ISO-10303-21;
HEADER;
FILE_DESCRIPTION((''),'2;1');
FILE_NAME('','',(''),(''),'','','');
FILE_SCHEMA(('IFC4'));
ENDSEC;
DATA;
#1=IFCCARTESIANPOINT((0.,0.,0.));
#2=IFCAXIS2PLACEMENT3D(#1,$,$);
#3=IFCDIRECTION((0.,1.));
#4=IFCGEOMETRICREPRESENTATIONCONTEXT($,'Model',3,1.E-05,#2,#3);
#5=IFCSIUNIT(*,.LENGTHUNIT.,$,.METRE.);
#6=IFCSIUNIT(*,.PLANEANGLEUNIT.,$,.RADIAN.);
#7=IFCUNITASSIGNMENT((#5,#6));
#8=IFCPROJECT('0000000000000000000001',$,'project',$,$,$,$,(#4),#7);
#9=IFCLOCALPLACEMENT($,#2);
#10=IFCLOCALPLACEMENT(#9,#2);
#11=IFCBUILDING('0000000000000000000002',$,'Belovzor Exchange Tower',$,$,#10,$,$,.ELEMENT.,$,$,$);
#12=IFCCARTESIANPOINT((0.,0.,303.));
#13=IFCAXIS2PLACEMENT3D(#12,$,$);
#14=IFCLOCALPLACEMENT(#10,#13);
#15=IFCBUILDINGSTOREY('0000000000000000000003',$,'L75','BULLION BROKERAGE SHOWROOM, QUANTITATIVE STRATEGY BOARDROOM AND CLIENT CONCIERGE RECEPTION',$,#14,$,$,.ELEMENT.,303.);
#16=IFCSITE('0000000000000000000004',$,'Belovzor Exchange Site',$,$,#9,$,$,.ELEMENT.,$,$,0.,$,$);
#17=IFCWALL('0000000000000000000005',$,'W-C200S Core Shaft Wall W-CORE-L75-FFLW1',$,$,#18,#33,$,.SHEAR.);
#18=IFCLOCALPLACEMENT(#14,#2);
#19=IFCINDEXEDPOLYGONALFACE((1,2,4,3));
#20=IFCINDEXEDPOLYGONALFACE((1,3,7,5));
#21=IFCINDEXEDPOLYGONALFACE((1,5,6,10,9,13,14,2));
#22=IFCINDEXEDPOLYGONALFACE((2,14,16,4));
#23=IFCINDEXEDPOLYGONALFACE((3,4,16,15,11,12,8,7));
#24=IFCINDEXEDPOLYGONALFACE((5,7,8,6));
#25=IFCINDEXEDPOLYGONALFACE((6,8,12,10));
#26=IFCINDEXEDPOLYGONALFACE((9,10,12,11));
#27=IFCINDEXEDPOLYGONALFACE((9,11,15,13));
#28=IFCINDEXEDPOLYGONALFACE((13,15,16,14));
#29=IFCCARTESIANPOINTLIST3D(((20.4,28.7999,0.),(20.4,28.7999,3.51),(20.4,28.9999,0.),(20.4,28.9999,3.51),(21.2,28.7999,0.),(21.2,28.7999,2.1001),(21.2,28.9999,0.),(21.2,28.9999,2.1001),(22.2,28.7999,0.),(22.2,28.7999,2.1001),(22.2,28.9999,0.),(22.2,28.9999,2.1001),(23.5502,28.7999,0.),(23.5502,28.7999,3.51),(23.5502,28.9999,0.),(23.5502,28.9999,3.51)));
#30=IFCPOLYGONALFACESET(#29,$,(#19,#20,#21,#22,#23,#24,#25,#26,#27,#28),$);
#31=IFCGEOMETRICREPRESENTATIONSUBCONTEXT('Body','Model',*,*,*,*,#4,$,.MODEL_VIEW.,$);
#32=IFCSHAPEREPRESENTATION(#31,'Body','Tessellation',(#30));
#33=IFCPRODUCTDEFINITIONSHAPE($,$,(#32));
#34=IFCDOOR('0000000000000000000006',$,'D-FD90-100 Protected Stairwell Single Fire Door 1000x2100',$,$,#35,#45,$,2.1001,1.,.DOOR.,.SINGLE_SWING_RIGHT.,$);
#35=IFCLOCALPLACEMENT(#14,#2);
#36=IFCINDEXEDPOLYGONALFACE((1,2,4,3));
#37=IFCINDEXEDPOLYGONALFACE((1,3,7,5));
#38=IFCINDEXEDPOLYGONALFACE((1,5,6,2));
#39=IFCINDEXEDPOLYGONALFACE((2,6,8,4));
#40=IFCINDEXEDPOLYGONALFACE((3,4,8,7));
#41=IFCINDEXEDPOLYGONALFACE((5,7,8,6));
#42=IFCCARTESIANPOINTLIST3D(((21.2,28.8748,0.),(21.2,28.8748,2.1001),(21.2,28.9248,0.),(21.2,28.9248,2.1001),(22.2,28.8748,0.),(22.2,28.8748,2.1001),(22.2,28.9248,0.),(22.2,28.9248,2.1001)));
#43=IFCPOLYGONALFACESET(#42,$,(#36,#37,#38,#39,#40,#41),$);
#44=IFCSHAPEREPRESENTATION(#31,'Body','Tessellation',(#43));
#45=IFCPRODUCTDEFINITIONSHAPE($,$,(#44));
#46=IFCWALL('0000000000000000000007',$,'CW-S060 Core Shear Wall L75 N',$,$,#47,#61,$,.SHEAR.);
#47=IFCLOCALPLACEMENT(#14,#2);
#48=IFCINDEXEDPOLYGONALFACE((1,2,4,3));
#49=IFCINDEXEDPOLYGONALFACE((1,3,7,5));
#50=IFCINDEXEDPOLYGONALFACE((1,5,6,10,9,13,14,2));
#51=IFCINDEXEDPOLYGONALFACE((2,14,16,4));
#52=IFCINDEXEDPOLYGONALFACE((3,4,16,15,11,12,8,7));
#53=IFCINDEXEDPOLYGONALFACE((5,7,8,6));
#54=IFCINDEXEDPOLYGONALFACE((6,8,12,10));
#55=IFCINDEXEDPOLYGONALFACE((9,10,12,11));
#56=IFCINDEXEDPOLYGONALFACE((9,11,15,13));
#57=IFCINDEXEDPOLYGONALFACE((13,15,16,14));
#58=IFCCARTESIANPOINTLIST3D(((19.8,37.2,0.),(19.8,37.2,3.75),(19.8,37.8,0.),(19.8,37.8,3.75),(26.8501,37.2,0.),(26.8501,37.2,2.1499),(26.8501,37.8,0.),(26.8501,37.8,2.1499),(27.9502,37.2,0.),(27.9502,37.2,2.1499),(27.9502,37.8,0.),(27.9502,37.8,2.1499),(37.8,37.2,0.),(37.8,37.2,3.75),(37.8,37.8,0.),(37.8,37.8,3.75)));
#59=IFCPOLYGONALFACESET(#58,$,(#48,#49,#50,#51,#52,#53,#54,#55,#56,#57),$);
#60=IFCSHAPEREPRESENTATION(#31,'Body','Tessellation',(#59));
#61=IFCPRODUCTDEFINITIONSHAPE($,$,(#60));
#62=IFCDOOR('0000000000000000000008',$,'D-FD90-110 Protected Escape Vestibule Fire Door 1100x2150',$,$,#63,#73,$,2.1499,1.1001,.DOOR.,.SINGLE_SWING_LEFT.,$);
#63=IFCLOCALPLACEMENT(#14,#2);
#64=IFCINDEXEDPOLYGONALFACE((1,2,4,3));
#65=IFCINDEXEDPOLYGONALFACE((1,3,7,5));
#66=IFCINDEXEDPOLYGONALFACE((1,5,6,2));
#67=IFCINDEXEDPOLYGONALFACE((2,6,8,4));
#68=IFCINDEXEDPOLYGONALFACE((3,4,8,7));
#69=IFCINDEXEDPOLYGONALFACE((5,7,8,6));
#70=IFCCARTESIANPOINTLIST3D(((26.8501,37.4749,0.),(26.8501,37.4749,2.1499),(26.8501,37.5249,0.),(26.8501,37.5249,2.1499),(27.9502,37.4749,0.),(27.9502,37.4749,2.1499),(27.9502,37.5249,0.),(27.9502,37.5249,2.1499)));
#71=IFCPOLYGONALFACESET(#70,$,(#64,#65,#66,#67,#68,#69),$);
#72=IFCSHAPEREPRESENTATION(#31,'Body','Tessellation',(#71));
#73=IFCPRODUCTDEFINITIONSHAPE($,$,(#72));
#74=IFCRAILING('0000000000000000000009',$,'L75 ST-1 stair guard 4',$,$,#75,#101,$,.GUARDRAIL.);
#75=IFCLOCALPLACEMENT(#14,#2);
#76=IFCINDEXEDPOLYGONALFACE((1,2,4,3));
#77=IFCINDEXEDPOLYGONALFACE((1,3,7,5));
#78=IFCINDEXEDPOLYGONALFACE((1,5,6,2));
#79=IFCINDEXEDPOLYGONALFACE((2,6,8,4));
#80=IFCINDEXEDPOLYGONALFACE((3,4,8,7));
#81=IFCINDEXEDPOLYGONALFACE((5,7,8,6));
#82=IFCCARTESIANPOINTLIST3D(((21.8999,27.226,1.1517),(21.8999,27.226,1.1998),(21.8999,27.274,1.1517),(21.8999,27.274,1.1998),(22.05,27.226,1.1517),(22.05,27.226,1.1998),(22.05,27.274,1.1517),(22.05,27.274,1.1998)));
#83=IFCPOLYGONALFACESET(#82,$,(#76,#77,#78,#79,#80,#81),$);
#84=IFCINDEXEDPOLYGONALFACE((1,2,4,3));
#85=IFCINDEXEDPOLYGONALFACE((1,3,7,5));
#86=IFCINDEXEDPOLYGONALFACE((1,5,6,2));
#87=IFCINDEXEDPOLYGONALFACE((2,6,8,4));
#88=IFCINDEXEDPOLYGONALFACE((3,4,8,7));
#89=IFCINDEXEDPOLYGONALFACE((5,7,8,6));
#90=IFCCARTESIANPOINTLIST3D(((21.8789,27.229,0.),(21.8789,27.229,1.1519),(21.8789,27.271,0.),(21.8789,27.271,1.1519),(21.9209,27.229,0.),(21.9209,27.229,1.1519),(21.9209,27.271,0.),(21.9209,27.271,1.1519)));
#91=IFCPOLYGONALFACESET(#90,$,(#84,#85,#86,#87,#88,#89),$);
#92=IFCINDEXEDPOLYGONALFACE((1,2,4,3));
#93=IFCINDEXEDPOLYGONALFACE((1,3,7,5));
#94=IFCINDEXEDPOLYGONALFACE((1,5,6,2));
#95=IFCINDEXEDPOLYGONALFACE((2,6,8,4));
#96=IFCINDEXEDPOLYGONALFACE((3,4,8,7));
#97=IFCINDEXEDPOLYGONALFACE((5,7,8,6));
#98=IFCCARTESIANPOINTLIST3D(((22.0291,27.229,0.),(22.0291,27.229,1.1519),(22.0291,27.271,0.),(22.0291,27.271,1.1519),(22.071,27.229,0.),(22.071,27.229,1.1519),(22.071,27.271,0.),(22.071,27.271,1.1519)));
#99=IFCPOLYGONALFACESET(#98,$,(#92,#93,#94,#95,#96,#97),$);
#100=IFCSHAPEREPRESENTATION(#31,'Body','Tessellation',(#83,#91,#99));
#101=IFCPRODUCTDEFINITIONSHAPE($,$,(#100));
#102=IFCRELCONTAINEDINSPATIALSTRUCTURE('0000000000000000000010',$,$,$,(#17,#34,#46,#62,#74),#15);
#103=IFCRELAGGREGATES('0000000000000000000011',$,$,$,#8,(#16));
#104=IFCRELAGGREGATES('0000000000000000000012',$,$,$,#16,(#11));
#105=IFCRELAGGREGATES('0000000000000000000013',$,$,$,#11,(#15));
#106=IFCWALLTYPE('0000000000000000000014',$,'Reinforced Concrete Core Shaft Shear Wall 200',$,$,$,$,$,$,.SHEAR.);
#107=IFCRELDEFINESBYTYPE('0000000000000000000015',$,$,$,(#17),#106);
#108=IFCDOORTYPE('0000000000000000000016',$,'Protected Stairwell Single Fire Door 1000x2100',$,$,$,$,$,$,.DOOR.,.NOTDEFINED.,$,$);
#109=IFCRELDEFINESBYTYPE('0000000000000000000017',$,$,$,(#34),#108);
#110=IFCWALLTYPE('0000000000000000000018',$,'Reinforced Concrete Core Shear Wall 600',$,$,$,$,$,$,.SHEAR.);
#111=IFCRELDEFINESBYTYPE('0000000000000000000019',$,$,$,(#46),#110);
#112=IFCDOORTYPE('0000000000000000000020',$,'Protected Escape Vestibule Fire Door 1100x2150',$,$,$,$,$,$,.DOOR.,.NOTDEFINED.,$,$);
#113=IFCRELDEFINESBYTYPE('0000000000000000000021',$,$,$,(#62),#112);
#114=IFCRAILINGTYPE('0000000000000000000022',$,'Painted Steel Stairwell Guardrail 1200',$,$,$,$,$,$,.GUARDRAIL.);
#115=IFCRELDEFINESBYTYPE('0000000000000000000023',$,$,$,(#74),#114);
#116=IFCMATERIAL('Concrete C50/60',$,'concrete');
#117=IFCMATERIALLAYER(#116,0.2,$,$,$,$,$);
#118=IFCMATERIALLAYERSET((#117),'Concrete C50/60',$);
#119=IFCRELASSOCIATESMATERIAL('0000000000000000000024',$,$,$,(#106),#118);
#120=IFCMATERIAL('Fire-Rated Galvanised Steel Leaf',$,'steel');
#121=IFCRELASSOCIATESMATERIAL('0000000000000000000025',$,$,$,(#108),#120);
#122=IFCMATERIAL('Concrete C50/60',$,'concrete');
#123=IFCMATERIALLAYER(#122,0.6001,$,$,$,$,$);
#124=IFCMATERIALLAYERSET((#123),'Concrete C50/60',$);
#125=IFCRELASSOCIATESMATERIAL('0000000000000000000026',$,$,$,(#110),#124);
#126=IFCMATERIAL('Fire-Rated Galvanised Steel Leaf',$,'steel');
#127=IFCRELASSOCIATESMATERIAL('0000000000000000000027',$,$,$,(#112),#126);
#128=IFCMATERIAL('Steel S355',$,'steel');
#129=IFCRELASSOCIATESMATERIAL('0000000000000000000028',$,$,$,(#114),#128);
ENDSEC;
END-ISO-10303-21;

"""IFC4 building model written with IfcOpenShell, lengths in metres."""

from ifc_helpers import new_model, si_unit, direction, frame, frame_2d, origin, origin_2d, place, context, subcontext, project, spatial, rectangle, extrude, material, layer, layer_set, type_object, element, fill, save


model = new_model("IFC4")

# Units and contexts
model_context = context("Model", 3, precision=1e-05, world=origin(), true_north=direction((0.0, 1.0)))
body_context = subcontext(model_context, "Body", "Model", "MODEL_VIEW")
ifc_project = project(units=[si_unit("LENGTHUNIT", "METRE"), si_unit("PLANEANGLEUNIT", "RADIAN")], contexts=[model_context])

# Site, building, storey
site_placement = place(None, origin())
site = spatial("IfcSite", under=ifc_project, at=site_placement, Name="Belovzor Exchange Site", CompositionType="ELEMENT", RefElevation=0.0)
building_placement = place(site_placement, origin())
building = spatial("IfcBuilding", under=site, at=building_placement, Name="Belovzor Exchange Tower", CompositionType="ELEMENT")
storey_placement = place(building_placement, frame((0.0, 0.0, 303.0)))
storey = spatial("IfcBuildingStorey", under=building, at=storey_placement, Name="L75", Description="BULLION BROKERAGE SHOWROOM, QUANTITATIVE STRATEGY BOARDROOM AND CLIENT CONCIERGE RECEPTION", CompositionType="ELEMENT", Elevation=303.0)

# Walls, openings, doors
ifc_material_1 = material(Name="Concrete C50/60", Category="concrete")
ifc_layer_1 = layer(ifc_material_1, 0.2)
ifc_layer_set_1 = layer_set([ifc_layer_1], Name="Concrete C50/60")
wall_type_1 = type_object("IfcWallType", Name="Reinforced Concrete Core Shaft Shear Wall 200", PredefinedType="SHEAR", material=ifc_layer_set_1)
wall_1_placement = place(storey_placement, frame((20.3999, 28.8999, 0.0), z_axis=(0.0, 0.0, 1.0), x_axis=(1.0, 0.0, 0.0)))
wall_1 = element("IfcWall", 1, at=wall_1_placement, inside=storey, type_object=wall_type_1, Name="W-C200S Core Shaft Wall W-CORE-L75-FFLW1", PredefinedType="SHEAR", context=body_context, shape_type="SweptSolid", body=[
    extrude(rectangle(XDim=3.1501, YDim=0.2, at=frame_2d((1.5752, 0.0))), origin(), (0.0, 0.0, 1.0), 3.51),
])
opening_1_placement = place(wall_1_placement, frame((0.8, 0.0, 0.0)))
opening_1 = element("IfcOpeningElement", 2, at=opening_1_placement, cuts=wall_1, PredefinedType="OPENING", context=body_context, shape_type="SweptSolid", body=[
    extrude(rectangle(XDim=1.0, YDim=2.1001, at=frame_2d((0.5, 1.05))), frame((0.0, 0.1099, 0.0), z_axis=(0.0, -1.0, 0.0), x_axis=(1.0, 0.0, 0.0)), (0.0, 0.0, 1.0), 0.22),
])
ifc_material_2 = material(Name="Fire-Rated Galvanised Steel Leaf", Category="steel")
door_type_1 = type_object("IfcDoorType", Name="Protected Stairwell Single Fire Door 1000x2100", OperationType="NOTDEFINED", PredefinedType="DOOR", material=ifc_material_2)
door_1_placement = place(opening_1_placement, origin())
door_1 = element("IfcDoor", 3, at=door_1_placement, inside=storey, type_object=door_type_1, Name="D-FD90-100 Protected Stairwell Single Fire Door 1000x2100", OperationType="SINGLE_SWING_RIGHT", OverallHeight=2.1001, OverallWidth=1.0, PredefinedType="DOOR", context=body_context, shape_type="SweptSolid", body=[
    extrude(rectangle(XDim=1.0, YDim=2.1001, at=frame_2d((0.5, 1.05))), frame((0.0, 0.0249, 0.0), z_axis=(0.0, -1.0, 0.0), x_axis=(1.0, 0.0, 0.0)), (0.0, 0.0, 1.0), 0.05),
])
fill(opening_1, door_1)
ifc_material_3 = material(Name="Concrete C50/60", Category="concrete")
ifc_layer_2 = layer(ifc_material_3, 0.6001)
ifc_layer_set_2 = layer_set([ifc_layer_2], Name="Concrete C50/60")
wall_type_2 = type_object("IfcWallType", Name="Reinforced Concrete Core Shear Wall 600", PredefinedType="SHEAR", material=ifc_layer_set_2)
wall_2_placement = place(storey_placement, frame((19.8, 37.5, 0.0), z_axis=(0.0, 0.0, 1.0), x_axis=(1.0, 0.0, 0.0)))
wall_2 = element("IfcWall", 4, at=wall_2_placement, inside=storey, type_object=wall_type_2, Name="CW-S060 Core Shear Wall L75 N", PredefinedType="SHEAR", context=body_context, shape_type="SweptSolid", body=[
    extrude(rectangle(XDim=18.0, YDim=0.6001, at=frame_2d((9.0, 0.0))), origin(), (0.0, 0.0, 1.0), 3.75),
])
opening_2_placement = place(wall_2_placement, frame((7.05, 0.0, 0.0)))
opening_2 = element("IfcOpeningElement", 5, at=opening_2_placement, cuts=wall_2, PredefinedType="OPENING", context=body_context, shape_type="SweptSolid", body=[
    extrude(rectangle(XDim=1.1001, YDim=2.1499, at=frame_2d((0.55, 1.075))), frame((0.0, 0.3101, 0.0), z_axis=(0.0, -1.0, 0.0), x_axis=(1.0, 0.0, 0.0)), (0.0, 0.0, 1.0), 0.6201),
])
ifc_material_4 = material(Name="Fire-Rated Galvanised Steel Leaf", Category="steel")
door_type_2 = type_object("IfcDoorType", Name="Protected Escape Vestibule Fire Door 1100x2150", OperationType="NOTDEFINED", PredefinedType="DOOR", material=ifc_material_4)
door_2_placement = place(opening_2_placement, origin())
door_2 = element("IfcDoor", 6, at=door_2_placement, inside=storey, type_object=door_type_2, Name="D-FD90-110 Protected Escape Vestibule Fire Door 1100x2150", OperationType="SINGLE_SWING_LEFT", OverallHeight=2.1499, OverallWidth=1.1001, PredefinedType="DOOR", context=body_context, shape_type="SweptSolid", body=[
    extrude(rectangle(XDim=1.1001, YDim=2.1499, at=frame_2d((0.55, 1.075))), frame((0.0, 0.0249, 0.0), z_axis=(0.0, -1.0, 0.0), x_axis=(1.0, 0.0, 0.0)), (0.0, 0.0, 1.0), 0.05),
])
fill(opening_2, door_2)

# Railing
ifc_material_5 = material(Name="Steel S355", Category="steel")
railing_type = type_object("IfcRailingType", Name="Painted Steel Stairwell Guardrail 1200", PredefinedType="GUARDRAIL", material=ifc_material_5)
railing_placement = place(storey_placement, frame((21.8999, 27.25, 0.0)))
element("IfcRailing", 7, at=railing_placement, inside=storey, type_object=railing_type, Name="L75 ST-1 stair guard 4", PredefinedType="GUARDRAIL", context=body_context, shape_type="SweptSolid", body=[
    extrude(rectangle(XDim=0.0481, YDim=0.0481, at=origin_2d()), frame((0.0, 0.0, 1.1758), z_axis=(1.0, 0.0, 0.0), x_axis=(0.0, 1.0, 0.0)), (0.0, 0.0, 1.0), 0.1501),
    extrude(rectangle(XDim=0.042, YDim=0.042, at=origin_2d()), origin(), (0.0, 0.0, 1.0), 1.1519),
    extrude(rectangle(XDim=0.042, YDim=0.042, at=origin_2d()), frame((0.1501, 0.0, 0.0)), (0.0, 0.0, 1.0), 1.1519),
])

save(model, "model.ifc")
